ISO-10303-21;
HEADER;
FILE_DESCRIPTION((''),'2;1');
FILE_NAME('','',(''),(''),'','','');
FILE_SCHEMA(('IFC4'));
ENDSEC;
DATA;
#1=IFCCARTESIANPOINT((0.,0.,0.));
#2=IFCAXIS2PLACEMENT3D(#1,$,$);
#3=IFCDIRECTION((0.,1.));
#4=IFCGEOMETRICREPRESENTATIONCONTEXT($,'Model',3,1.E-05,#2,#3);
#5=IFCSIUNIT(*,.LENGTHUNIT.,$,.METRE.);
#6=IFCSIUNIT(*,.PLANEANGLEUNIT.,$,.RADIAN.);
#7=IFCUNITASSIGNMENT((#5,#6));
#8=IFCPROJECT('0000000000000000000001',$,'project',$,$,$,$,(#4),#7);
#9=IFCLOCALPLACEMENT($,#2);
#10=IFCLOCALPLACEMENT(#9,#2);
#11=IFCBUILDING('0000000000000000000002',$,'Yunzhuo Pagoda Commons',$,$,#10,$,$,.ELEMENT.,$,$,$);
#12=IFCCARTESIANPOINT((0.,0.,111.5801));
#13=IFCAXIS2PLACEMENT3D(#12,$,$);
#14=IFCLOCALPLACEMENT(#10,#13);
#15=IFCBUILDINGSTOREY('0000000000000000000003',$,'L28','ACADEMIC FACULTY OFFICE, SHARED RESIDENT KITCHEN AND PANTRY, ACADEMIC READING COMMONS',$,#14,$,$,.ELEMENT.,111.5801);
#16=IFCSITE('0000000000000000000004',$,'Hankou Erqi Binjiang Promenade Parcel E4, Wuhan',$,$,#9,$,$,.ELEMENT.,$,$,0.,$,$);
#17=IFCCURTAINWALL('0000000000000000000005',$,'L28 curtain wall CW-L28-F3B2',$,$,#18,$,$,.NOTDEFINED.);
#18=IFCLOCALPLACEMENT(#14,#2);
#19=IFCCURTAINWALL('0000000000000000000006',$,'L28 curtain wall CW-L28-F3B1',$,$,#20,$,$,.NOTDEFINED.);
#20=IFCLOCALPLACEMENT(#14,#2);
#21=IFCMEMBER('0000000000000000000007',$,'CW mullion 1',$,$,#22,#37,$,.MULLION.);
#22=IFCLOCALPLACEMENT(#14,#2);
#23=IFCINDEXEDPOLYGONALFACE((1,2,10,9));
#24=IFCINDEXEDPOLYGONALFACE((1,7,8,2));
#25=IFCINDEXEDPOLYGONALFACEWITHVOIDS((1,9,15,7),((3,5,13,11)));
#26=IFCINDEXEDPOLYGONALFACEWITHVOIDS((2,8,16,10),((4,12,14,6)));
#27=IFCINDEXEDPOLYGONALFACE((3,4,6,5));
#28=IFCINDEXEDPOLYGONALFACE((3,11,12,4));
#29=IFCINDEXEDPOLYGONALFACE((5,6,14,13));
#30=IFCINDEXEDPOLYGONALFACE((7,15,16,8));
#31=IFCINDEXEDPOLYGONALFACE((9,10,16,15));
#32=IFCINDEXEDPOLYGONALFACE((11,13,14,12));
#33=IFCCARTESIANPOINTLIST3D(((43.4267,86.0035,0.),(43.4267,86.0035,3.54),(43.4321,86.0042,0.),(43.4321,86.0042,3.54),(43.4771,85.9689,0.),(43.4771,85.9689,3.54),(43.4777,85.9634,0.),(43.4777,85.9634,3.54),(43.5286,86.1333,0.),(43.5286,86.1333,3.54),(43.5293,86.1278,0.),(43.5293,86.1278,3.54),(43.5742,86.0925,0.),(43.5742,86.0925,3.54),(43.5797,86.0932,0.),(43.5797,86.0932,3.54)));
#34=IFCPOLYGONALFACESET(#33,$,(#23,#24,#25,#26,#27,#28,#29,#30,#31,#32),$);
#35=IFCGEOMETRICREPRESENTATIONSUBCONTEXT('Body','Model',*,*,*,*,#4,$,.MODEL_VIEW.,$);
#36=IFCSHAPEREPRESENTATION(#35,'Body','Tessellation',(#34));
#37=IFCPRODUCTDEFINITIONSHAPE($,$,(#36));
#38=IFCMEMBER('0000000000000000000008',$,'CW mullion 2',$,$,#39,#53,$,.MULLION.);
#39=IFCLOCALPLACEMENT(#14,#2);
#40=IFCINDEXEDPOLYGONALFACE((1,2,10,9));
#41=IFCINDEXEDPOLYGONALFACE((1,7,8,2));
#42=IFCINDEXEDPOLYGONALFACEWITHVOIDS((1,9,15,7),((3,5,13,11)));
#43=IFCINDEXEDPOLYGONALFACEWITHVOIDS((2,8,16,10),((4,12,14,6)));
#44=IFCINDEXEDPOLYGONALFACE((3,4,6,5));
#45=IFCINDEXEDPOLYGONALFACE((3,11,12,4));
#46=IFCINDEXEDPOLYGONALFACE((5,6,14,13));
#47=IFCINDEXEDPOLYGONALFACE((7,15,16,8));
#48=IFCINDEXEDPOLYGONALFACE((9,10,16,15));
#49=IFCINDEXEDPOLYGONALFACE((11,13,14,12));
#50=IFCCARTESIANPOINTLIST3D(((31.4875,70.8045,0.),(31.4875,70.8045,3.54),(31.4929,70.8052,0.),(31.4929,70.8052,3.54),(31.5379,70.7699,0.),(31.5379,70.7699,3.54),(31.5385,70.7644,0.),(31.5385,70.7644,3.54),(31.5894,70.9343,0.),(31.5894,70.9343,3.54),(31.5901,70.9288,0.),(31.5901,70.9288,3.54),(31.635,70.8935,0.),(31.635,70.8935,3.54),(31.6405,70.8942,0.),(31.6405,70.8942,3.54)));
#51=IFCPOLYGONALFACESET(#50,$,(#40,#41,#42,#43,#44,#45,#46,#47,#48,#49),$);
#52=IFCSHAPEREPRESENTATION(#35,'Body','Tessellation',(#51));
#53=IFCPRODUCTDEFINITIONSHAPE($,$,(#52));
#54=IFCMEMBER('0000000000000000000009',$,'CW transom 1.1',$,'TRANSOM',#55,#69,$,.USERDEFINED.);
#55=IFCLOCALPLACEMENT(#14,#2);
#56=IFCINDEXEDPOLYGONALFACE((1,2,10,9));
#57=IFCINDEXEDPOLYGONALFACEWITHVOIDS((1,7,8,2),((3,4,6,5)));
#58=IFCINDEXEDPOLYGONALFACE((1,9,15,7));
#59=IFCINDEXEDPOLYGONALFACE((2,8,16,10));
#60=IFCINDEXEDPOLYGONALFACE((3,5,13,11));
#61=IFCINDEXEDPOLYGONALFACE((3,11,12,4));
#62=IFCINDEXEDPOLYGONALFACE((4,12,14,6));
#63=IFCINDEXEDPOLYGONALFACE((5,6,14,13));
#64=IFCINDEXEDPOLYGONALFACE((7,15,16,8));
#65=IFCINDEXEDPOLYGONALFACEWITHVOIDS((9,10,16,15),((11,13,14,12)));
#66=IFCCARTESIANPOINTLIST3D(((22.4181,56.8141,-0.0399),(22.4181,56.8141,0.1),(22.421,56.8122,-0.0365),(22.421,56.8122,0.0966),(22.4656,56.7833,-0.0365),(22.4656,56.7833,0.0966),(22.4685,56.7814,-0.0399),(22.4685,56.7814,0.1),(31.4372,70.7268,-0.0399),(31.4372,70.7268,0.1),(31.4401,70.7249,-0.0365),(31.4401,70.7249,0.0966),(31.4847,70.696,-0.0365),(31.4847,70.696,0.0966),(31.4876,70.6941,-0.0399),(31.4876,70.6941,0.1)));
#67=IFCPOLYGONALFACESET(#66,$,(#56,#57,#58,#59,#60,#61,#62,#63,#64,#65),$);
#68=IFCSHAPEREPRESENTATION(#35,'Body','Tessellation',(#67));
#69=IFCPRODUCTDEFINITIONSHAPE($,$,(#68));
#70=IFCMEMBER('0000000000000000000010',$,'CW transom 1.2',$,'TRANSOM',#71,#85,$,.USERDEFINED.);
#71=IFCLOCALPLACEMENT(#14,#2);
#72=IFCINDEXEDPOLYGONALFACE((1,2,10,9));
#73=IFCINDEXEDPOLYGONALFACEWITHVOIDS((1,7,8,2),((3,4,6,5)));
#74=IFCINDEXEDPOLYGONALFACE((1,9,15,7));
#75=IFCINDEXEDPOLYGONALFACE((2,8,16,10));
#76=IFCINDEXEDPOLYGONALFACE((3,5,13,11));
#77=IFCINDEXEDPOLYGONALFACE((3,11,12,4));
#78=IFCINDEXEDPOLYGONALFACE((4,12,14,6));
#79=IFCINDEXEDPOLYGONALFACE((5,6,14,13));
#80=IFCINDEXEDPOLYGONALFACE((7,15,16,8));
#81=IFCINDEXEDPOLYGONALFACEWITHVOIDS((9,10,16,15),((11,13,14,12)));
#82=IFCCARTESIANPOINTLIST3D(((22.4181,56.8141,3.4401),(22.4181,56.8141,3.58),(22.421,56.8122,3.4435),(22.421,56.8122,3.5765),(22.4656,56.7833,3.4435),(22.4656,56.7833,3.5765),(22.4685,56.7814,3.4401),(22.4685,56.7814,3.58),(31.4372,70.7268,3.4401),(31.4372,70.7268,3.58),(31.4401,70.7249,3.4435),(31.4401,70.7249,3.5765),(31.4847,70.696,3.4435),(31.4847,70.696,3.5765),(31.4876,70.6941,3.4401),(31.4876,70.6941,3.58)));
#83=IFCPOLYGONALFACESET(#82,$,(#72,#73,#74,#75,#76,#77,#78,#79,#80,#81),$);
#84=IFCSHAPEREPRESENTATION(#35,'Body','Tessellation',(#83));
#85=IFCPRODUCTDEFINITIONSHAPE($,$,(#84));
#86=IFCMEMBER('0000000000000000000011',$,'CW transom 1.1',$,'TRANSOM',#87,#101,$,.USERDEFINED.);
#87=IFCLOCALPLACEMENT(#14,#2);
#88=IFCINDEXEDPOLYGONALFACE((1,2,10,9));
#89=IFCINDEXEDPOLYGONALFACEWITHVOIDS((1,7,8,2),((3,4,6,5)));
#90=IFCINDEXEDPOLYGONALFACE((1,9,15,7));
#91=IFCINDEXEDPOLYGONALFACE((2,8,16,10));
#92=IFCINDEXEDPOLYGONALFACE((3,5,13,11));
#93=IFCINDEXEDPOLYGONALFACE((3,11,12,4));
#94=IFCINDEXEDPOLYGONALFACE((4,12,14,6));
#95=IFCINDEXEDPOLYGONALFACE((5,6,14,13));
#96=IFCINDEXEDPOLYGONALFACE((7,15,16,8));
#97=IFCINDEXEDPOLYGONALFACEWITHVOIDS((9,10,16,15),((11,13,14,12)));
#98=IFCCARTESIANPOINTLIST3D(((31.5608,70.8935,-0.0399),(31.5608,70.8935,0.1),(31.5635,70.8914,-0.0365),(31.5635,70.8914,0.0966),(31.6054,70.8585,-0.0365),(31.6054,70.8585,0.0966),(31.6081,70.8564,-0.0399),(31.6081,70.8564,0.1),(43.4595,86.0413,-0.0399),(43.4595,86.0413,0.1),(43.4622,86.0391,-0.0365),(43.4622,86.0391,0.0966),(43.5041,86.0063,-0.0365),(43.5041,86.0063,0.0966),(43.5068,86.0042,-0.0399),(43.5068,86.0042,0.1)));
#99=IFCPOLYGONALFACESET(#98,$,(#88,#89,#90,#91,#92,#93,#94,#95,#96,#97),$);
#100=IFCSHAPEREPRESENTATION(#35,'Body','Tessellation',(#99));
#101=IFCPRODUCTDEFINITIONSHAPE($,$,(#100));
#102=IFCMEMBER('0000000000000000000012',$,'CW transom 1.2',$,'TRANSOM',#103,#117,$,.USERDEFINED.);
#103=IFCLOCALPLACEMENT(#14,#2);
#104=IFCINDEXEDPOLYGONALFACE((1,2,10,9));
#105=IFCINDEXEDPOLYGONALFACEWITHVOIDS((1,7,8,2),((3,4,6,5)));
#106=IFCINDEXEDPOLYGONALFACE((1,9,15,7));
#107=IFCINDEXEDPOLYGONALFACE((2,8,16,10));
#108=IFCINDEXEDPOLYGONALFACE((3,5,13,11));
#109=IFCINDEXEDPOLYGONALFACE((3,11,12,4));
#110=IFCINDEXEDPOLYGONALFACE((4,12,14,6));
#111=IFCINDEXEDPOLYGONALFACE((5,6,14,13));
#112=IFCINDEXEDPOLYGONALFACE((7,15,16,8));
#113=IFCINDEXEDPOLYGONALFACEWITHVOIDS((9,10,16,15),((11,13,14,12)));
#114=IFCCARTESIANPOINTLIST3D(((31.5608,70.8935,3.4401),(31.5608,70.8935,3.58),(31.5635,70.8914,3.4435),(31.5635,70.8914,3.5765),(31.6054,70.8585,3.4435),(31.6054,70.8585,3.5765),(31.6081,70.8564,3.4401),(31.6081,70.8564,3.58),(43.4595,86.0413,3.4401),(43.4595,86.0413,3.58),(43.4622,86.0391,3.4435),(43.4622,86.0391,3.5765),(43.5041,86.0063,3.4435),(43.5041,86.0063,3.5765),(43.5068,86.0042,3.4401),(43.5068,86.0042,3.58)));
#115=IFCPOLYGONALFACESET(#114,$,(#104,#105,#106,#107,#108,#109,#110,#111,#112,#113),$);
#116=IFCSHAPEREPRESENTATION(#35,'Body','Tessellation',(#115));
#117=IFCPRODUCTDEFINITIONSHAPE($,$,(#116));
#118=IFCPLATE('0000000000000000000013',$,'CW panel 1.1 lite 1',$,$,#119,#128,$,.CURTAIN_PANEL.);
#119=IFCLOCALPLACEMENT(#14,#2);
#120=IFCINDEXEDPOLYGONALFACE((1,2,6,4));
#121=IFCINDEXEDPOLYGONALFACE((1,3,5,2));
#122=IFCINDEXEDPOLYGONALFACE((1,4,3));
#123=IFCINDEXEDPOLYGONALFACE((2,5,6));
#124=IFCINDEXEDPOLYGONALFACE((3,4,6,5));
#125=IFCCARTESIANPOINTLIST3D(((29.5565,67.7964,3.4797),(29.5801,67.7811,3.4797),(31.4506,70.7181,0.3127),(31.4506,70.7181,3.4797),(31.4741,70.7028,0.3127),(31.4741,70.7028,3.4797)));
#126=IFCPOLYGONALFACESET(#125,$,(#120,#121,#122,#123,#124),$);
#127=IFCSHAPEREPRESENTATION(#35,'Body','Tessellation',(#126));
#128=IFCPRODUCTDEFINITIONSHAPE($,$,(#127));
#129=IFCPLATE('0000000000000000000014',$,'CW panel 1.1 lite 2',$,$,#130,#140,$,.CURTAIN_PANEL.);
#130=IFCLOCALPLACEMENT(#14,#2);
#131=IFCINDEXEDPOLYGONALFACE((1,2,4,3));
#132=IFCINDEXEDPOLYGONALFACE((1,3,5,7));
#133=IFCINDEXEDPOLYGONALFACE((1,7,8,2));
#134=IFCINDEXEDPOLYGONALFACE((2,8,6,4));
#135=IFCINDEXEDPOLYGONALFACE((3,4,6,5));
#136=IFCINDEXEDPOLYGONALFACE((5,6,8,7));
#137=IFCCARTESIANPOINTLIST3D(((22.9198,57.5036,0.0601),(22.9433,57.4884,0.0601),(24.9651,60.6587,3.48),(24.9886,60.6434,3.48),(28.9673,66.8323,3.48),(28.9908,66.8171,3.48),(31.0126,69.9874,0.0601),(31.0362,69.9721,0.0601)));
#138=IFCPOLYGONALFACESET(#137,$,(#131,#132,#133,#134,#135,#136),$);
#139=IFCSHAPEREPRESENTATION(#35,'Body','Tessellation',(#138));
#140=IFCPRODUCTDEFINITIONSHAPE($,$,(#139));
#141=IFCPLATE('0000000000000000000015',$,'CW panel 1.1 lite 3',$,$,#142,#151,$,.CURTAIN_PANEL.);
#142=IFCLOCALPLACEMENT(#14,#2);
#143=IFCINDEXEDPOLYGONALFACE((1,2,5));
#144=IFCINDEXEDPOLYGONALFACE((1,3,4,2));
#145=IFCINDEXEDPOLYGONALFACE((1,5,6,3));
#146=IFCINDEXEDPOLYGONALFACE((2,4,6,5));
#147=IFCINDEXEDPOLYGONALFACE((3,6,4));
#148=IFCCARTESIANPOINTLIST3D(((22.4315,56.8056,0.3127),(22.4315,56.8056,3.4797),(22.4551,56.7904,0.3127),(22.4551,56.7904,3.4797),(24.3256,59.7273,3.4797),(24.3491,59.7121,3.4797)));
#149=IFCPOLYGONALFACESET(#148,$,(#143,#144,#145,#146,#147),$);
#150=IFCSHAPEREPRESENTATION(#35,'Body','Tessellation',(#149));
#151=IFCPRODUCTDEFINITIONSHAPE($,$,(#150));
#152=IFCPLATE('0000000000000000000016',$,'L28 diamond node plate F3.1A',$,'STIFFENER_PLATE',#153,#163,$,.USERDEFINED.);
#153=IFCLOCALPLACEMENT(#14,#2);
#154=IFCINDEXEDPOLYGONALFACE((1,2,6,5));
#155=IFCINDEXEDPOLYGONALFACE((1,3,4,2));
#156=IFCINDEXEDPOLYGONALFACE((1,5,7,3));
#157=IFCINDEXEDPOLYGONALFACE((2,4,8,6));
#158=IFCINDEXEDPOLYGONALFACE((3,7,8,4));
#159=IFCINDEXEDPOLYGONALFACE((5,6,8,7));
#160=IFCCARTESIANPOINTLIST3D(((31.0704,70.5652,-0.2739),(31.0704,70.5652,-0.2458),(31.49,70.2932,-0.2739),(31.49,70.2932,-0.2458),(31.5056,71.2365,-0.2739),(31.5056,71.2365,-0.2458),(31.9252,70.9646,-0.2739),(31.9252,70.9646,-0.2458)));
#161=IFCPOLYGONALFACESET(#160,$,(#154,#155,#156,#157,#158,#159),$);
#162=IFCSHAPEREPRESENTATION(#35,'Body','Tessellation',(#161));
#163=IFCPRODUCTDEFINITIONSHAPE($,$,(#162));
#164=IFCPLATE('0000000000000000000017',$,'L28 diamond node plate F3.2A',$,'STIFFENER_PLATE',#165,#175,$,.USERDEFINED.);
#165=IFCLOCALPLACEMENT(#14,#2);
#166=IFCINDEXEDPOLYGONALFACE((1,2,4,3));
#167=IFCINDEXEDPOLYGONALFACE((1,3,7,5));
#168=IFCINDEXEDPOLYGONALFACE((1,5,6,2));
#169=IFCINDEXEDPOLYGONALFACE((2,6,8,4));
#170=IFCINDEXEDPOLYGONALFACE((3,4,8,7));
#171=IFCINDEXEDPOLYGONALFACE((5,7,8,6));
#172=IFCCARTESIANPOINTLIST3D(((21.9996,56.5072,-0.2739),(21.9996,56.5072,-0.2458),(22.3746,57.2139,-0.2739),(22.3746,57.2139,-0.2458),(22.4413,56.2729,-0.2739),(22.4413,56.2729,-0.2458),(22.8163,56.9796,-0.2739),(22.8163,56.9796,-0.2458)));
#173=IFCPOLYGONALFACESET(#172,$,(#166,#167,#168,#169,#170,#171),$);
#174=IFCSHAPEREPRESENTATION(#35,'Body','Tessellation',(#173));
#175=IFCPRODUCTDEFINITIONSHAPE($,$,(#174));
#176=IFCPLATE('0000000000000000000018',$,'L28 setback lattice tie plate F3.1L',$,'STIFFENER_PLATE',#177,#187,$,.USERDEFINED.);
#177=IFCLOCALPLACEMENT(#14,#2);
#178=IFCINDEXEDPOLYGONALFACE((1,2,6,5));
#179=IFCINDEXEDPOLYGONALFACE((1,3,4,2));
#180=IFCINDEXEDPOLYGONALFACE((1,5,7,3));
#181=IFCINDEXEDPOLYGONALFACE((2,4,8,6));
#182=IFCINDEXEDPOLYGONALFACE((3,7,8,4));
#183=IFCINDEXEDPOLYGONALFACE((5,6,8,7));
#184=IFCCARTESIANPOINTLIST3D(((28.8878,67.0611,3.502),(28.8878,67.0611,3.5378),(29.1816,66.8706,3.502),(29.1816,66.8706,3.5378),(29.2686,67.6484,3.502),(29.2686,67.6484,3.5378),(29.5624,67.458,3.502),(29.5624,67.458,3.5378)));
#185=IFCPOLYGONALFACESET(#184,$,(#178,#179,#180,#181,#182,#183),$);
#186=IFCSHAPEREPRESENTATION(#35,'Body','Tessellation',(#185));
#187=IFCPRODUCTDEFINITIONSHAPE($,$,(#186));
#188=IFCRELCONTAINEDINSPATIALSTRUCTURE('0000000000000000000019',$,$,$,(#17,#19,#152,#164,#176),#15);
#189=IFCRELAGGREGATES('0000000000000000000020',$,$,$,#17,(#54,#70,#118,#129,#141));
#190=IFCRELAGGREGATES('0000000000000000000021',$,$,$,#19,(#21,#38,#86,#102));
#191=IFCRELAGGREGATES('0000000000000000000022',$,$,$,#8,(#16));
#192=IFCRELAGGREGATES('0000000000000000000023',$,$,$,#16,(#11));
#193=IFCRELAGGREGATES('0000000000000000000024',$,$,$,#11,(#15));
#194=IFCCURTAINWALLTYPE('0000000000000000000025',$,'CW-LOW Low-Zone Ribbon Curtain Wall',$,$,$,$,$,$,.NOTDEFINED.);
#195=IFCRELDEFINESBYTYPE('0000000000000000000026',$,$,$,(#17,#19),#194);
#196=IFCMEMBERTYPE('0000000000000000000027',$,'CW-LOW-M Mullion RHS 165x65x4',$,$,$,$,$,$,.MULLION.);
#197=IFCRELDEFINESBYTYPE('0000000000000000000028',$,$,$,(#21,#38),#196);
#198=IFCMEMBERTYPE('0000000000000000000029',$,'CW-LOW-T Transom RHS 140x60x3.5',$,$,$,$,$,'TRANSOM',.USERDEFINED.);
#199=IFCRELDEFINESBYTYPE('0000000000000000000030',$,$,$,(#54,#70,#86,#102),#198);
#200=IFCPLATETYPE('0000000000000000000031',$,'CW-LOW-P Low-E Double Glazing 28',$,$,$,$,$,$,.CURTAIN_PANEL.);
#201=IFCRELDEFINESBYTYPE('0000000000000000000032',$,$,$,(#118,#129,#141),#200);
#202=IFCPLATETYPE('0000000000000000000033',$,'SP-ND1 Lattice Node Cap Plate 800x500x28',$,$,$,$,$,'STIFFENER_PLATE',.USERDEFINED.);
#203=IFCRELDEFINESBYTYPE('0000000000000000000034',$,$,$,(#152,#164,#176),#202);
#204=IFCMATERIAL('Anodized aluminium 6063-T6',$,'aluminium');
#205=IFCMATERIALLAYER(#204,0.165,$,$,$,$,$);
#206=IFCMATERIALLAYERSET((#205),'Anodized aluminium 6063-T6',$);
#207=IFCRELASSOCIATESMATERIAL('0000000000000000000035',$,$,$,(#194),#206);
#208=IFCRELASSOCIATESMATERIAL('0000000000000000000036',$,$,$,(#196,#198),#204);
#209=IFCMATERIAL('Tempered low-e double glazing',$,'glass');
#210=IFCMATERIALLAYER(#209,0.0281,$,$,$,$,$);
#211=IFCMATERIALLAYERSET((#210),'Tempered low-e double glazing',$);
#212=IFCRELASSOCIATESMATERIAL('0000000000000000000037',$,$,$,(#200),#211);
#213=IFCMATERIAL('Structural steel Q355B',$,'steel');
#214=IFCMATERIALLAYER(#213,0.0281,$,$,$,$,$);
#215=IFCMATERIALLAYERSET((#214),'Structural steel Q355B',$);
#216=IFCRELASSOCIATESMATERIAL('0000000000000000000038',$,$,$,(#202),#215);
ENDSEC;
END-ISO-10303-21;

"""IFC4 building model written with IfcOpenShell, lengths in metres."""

from ifc_helpers import new_model, si_unit, direction, frame, origin, origin_2d, place, context, subcontext, project, spatial, polyline, rectangle, hollow_rectangle, outline, extrude, source, transform, mapped, material, layer, layer_set, material_profile, profile_set, type_object, element, aggregate, save


model = new_model("IFC4")

# Units and contexts
model_context = context("Model", 3, precision=1e-05, world=origin(), true_north=direction((0.0, 1.0)))
body_context = subcontext(model_context, "Body", "Model", "MODEL_VIEW")
ifc_project = project(units=[si_unit("LENGTHUNIT", "METRE"), si_unit("PLANEANGLEUNIT", "RADIAN")], contexts=[model_context])

# Site, building, storey
site_placement = place(None, origin())
site = spatial("IfcSite", under=ifc_project, at=site_placement, Name="Hankou Erqi Binjiang Promenade Parcel E4, Wuhan", CompositionType="ELEMENT", RefElevation=0.0)
building_placement = place(site_placement, origin())
building = spatial("IfcBuilding", under=site, at=building_placement, Name="Yunzhuo Pagoda Commons", CompositionType="ELEMENT")
storey_placement = place(building_placement, frame((0.0, 0.0, 111.5801)))
storey = spatial("IfcBuildingStorey", under=building, at=storey_placement, Name="L28", Description="ACADEMIC FACULTY OFFICE, SHARED RESIDENT KITCHEN AND PANTRY, ACADEMIC READING COMMONS", CompositionType="ELEMENT", Elevation=111.5801)

# Shared definitions
ifc_material_1 = material(Name="Structural steel Q355B", Category="steel")

# Curtain walls, members
ifc_material_2 = material(Name="Anodized aluminium 6063-T6", Category="aluminium")
ifc_layer_1 = layer(ifc_material_2, 0.165)
ifc_layer_set_1 = layer_set([ifc_layer_1], Name="Anodized aluminium 6063-T6")
curtain_wall_type = type_object("IfcCurtainWallType", Name="CW-LOW Low-Zone Ribbon Curtain Wall", PredefinedType="NOTDEFINED", material=ifc_layer_set_1)
curtain_wall_1_placement = place(storey_placement, origin())
curtain_wall_1 = element("IfcCurtainWall", 1, at=curtain_wall_1_placement, inside=storey, type_object=curtain_wall_type, Name="L28 curtain wall CW-L28-F3B2", PredefinedType="NOTDEFINED")
ifc_material_profile_1 = material_profile(ifc_material_2, hollow_rectangle(XDim=0.0649, YDim=0.165, WallThickness=0.0039, at=origin_2d()), Name="Anodized aluminium 6063-T6")
ifc_profile_set_1 = profile_set([ifc_material_profile_1], Name="Anodized aluminium 6063-T6")
member_type_1 = type_object("IfcMemberType", Name="CW-LOW-M Mullion RHS 165x65x4", PredefinedType="MULLION", material=ifc_profile_set_1)
shared_shape_1 = source(origin(), body_context, "Body", "SweptSolid", [
    extrude(hollow_rectangle(XDim=0.0649, YDim=0.165, WallThickness=0.0039, at=origin_2d()), origin(), (0.0, 0.0, 1.0), 3.54),
])
curtain_wall_2_placement = place(storey_placement, origin())
curtain_wall_2 = element("IfcCurtainWall", 2, at=curtain_wall_2_placement, inside=storey, type_object=curtain_wall_type, Name="L28 curtain wall CW-L28-F3B1", PredefinedType="NOTDEFINED")
member_1_placement = place(storey_placement, frame((43.5032, 86.0483, 0.0), z_axis=(0.0, 0.0, 1.0), x_axis=(0.786392, -0.617728, 0.0)))
member_1 = element("IfcMember", 3, at=member_1_placement, type_object=member_type_1, Name="CW mullion 1", PredefinedType="MULLION", context=body_context, shape_type="MappedRepresentation", body=[
    mapped(shared_shape_1, transform((0.0, 0.0, 0.0), scale=1.0)),
])
member_2_placement = place(storey_placement, frame((31.564, 70.8494, 0.0), z_axis=(0.0, 0.0, 1.0), x_axis=(0.786392, -0.617728, 0.0)))
member_2 = element("IfcMember", 4, at=member_2_placement, type_object=member_type_1, Name="CW mullion 2", PredefinedType="MULLION", context=body_context, shape_type="MappedRepresentation", body=[
    mapped(shared_shape_1, transform((0.0, 0.0, 0.0), scale=1.0)),
])

# Members
ifc_material_profile_2 = material_profile(ifc_material_2, hollow_rectangle(XDim=0.0601, YDim=0.1399, WallThickness=0.0034, at=origin_2d()), Name="Anodized aluminium 6063-T6")
ifc_profile_set_2 = profile_set([ifc_material_profile_2], Name="Anodized aluminium 6063-T6")
member_type_2 = type_object("IfcMemberType", Name="CW-LOW-T Transom RHS 140x60x3.5", ElementType="TRANSOM", PredefinedType="USERDEFINED", material=ifc_profile_set_2)
shared_shape_2 = source(origin(), body_context, "Body", "SweptSolid", [
    extrude(hollow_rectangle(XDim=0.0601, YDim=0.1399, WallThickness=0.0034, at=origin_2d()), origin(), (0.0, 0.0, 1.0), 16.5803),
])
member_3_placement = place(storey_placement, frame((31.4624, 70.7104, 0.03), z_axis=(-0.543964, -0.839108, 0.0), x_axis=(0.839108, -0.543964, 0.0)))
member_3 = element("IfcMember", 5, at=member_3_placement, type_object=member_type_2, Name="CW transom 1.1", ObjectType="TRANSOM", PredefinedType="USERDEFINED", context=body_context, shape_type="MappedRepresentation", body=[
    mapped(shared_shape_2, transform((0.0, 0.0, 0.0), scale=1.0)),
])
member_4_placement = place(storey_placement, frame((31.4624, 70.7104, 3.51), z_axis=(-0.543964, -0.839108, 0.0), x_axis=(0.839108, -0.543964, 0.0)))
member_4 = element("IfcMember", 6, at=member_4_placement, type_object=member_type_2, Name="CW transom 1.2", ObjectType="TRANSOM", PredefinedType="USERDEFINED", context=body_context, shape_type="MappedRepresentation", body=[
    mapped(shared_shape_2, transform((0.0, 0.0, 0.0), scale=1.0)),
])
shared_shape_3 = source(origin(), body_context, "Body", "SweptSolid", [
    extrude(hollow_rectangle(XDim=0.0601, YDim=0.1399, WallThickness=0.0034, at=origin_2d()), origin(), (0.0, 0.0, 1.0), 19.2622),
])
member_5_placement = place(storey_placement, frame((43.4832, 86.0227, 0.03), z_axis=(-0.617722, -0.786396, 0.0), x_axis=(0.786396, -0.617722, 0.0)))
member_5 = element("IfcMember", 7, at=member_5_placement, type_object=member_type_2, Name="CW transom 1.1", ObjectType="TRANSOM", PredefinedType="USERDEFINED", context=body_context, shape_type="MappedRepresentation", body=[
    mapped(shared_shape_3, transform((0.0, 0.0, 0.0), scale=1.0)),
])
member_6_placement = place(storey_placement, frame((43.4832, 86.0227, 3.51), z_axis=(-0.617722, -0.786396, 0.0), x_axis=(0.786396, -0.617722, 0.0)))
member_6 = element("IfcMember", 8, at=member_6_placement, type_object=member_type_2, Name="CW transom 1.2", ObjectType="TRANSOM", PredefinedType="USERDEFINED", context=body_context, shape_type="MappedRepresentation", body=[
    mapped(shared_shape_3, transform((0.0, 0.0, 0.0), scale=1.0)),
])

# Plates
ifc_material_3 = material(Name="Tempered low-e double glazing", Category="glass")
ifc_layer_2 = layer(ifc_material_3, 0.0281)
ifc_layer_set_2 = layer_set([ifc_layer_2], Name="Tempered low-e double glazing")
plate_type_1 = type_object("IfcPlateType", Name="CW-LOW-P Low-E Double Glazing 28", PredefinedType="CURTAIN_PANEL", material=ifc_layer_set_2)
plate_1_placement = place(storey_placement, frame((30.5271, 69.2419, 1.8962), z_axis=(-0.839106, 0.543968, 0.0), x_axis=(-0.543968, -0.839106, 0.0)))
plate_1 = element("IfcPlate", 9, at=plate_1_placement, type_object=plate_type_1, Name="CW panel 1.1 lite 1", PredefinedType="CURTAIN_PANEL", context=body_context, shape_type="SweptSolid", body=[
    extrude(outline(polyline([(-1.741, -1.5835), (1.741, 1.5835), (-1.741, 1.5835), (-1.741, -1.5835)])), origin(), (0.0, 0.0, 1.0), 0.0281),
])
plate_2_placement = place(storey_placement, frame((26.9897, 63.7302, 1.77), z_axis=(-0.839106, 0.543968, 0.0), x_axis=(-0.543968, -0.839106, 0.0)))
plate_2 = element("IfcPlate", 10, at=plate_2_placement, type_object=plate_type_1, Name="CW panel 1.1 lite 2", PredefinedType="CURTAIN_PANEL", context=body_context, shape_type="SweptSolid", body=[
    extrude(outline(polyline([(-7.4387, -1.71), (7.4387, -1.71), (3.6787, 1.71), (-3.6787, 1.71), (-7.4387, -1.71)])), origin(), (0.0, 0.0, 1.0), 0.0281),
])
plate_3_placement = place(storey_placement, frame((23.4021, 58.2512, 1.8962), z_axis=(-0.839106, 0.543968, 0.0), x_axis=(-0.543968, -0.839106, 0.0)))
plate_3 = element("IfcPlate", 11, at=plate_3_placement, type_object=plate_type_1, Name="CW panel 1.1 lite 3", PredefinedType="CURTAIN_PANEL", context=body_context, shape_type="SweptSolid", body=[
    extrude(outline(polyline([(-1.741, 1.5835), (1.741, -1.5835), (1.741, 1.5835), (-1.741, 1.5835)])), origin(), (0.0, 0.0, 1.0), 0.0281),
])
aggregate(curtain_wall_1, [member_3, member_4, plate_1, plate_2, plate_3])

# Plates
ifc_layer_3 = layer(ifc_material_1, 0.0281)
ifc_layer_set_3 = layer_set([ifc_layer_3], Name="Structural steel Q355B")
plate_type_2 = type_object("IfcPlateType", Name="SP-ND1 Lattice Node Cap Plate 800x500x28", ElementType="STIFFENER_PLATE", PredefinedType="USERDEFINED", material=ifc_layer_set_3)
shared_shape_4 = source(origin(), body_context, "Body", "SweptSolid", [
    extrude(rectangle(XDim=0.8, YDim=0.5, at=origin_2d()), origin(), (0.0, 0.0, 1.0), 0.0281),
])
for number, where, z_axis, x_axis, name in (
    (12, (31.4978, 70.7649, -0.2739), (0.0, 0.0, 1.0), (-0.543966, -0.839108, 0.0), "L28 diamond node plate F3.1A"),
    (13, (22.408, 56.7434, -0.2739), (0.0, 0.0, 1.0), (-0.468747, -0.883332, 0.0), "L28 diamond node plate F3.2A"),
):
    element("IfcPlate", number, at=place(storey_placement, frame(where, z_axis=z_axis, x_axis=x_axis)), inside=storey, type_object=plate_type_2, Name=name, ObjectType="STIFFENER_PLATE", PredefinedType="USERDEFINED", context=body_context, shape_type="MappedRepresentation", body=[
        mapped(shared_shape_4, transform((0.0, 0.0, 0.0), scale=1.0)),
    ])
shared_shape_5 = source(origin(), body_context, "Body", "SweptSolid", [
    extrude(rectangle(XDim=0.7, YDim=0.3501, at=origin_2d()), origin(), (0.0, 0.0, 1.0), 0.0359),
])
for number, where, z_axis, x_axis, name in (
    (14, (29.2251, 67.2595, 3.502), (0.0, 0.0, 1.0), (-0.543966, -0.839108, 0.0), "L28 setback lattice tie plate F3.1L"),
):
    element("IfcPlate", number, at=place(storey_placement, frame(where, z_axis=z_axis, x_axis=x_axis)), inside=storey, type_object=plate_type_2, Name=name, ObjectType="STIFFENER_PLATE", PredefinedType="USERDEFINED", context=body_context, shape_type="MappedRepresentation", body=[
        mapped(shared_shape_5, transform((0.0, 0.0, 0.0), scale=1.0)),
    ])

aggregate(curtain_wall_2, [member_1, member_2, member_5, member_6])

save(model, "model.ifc")
